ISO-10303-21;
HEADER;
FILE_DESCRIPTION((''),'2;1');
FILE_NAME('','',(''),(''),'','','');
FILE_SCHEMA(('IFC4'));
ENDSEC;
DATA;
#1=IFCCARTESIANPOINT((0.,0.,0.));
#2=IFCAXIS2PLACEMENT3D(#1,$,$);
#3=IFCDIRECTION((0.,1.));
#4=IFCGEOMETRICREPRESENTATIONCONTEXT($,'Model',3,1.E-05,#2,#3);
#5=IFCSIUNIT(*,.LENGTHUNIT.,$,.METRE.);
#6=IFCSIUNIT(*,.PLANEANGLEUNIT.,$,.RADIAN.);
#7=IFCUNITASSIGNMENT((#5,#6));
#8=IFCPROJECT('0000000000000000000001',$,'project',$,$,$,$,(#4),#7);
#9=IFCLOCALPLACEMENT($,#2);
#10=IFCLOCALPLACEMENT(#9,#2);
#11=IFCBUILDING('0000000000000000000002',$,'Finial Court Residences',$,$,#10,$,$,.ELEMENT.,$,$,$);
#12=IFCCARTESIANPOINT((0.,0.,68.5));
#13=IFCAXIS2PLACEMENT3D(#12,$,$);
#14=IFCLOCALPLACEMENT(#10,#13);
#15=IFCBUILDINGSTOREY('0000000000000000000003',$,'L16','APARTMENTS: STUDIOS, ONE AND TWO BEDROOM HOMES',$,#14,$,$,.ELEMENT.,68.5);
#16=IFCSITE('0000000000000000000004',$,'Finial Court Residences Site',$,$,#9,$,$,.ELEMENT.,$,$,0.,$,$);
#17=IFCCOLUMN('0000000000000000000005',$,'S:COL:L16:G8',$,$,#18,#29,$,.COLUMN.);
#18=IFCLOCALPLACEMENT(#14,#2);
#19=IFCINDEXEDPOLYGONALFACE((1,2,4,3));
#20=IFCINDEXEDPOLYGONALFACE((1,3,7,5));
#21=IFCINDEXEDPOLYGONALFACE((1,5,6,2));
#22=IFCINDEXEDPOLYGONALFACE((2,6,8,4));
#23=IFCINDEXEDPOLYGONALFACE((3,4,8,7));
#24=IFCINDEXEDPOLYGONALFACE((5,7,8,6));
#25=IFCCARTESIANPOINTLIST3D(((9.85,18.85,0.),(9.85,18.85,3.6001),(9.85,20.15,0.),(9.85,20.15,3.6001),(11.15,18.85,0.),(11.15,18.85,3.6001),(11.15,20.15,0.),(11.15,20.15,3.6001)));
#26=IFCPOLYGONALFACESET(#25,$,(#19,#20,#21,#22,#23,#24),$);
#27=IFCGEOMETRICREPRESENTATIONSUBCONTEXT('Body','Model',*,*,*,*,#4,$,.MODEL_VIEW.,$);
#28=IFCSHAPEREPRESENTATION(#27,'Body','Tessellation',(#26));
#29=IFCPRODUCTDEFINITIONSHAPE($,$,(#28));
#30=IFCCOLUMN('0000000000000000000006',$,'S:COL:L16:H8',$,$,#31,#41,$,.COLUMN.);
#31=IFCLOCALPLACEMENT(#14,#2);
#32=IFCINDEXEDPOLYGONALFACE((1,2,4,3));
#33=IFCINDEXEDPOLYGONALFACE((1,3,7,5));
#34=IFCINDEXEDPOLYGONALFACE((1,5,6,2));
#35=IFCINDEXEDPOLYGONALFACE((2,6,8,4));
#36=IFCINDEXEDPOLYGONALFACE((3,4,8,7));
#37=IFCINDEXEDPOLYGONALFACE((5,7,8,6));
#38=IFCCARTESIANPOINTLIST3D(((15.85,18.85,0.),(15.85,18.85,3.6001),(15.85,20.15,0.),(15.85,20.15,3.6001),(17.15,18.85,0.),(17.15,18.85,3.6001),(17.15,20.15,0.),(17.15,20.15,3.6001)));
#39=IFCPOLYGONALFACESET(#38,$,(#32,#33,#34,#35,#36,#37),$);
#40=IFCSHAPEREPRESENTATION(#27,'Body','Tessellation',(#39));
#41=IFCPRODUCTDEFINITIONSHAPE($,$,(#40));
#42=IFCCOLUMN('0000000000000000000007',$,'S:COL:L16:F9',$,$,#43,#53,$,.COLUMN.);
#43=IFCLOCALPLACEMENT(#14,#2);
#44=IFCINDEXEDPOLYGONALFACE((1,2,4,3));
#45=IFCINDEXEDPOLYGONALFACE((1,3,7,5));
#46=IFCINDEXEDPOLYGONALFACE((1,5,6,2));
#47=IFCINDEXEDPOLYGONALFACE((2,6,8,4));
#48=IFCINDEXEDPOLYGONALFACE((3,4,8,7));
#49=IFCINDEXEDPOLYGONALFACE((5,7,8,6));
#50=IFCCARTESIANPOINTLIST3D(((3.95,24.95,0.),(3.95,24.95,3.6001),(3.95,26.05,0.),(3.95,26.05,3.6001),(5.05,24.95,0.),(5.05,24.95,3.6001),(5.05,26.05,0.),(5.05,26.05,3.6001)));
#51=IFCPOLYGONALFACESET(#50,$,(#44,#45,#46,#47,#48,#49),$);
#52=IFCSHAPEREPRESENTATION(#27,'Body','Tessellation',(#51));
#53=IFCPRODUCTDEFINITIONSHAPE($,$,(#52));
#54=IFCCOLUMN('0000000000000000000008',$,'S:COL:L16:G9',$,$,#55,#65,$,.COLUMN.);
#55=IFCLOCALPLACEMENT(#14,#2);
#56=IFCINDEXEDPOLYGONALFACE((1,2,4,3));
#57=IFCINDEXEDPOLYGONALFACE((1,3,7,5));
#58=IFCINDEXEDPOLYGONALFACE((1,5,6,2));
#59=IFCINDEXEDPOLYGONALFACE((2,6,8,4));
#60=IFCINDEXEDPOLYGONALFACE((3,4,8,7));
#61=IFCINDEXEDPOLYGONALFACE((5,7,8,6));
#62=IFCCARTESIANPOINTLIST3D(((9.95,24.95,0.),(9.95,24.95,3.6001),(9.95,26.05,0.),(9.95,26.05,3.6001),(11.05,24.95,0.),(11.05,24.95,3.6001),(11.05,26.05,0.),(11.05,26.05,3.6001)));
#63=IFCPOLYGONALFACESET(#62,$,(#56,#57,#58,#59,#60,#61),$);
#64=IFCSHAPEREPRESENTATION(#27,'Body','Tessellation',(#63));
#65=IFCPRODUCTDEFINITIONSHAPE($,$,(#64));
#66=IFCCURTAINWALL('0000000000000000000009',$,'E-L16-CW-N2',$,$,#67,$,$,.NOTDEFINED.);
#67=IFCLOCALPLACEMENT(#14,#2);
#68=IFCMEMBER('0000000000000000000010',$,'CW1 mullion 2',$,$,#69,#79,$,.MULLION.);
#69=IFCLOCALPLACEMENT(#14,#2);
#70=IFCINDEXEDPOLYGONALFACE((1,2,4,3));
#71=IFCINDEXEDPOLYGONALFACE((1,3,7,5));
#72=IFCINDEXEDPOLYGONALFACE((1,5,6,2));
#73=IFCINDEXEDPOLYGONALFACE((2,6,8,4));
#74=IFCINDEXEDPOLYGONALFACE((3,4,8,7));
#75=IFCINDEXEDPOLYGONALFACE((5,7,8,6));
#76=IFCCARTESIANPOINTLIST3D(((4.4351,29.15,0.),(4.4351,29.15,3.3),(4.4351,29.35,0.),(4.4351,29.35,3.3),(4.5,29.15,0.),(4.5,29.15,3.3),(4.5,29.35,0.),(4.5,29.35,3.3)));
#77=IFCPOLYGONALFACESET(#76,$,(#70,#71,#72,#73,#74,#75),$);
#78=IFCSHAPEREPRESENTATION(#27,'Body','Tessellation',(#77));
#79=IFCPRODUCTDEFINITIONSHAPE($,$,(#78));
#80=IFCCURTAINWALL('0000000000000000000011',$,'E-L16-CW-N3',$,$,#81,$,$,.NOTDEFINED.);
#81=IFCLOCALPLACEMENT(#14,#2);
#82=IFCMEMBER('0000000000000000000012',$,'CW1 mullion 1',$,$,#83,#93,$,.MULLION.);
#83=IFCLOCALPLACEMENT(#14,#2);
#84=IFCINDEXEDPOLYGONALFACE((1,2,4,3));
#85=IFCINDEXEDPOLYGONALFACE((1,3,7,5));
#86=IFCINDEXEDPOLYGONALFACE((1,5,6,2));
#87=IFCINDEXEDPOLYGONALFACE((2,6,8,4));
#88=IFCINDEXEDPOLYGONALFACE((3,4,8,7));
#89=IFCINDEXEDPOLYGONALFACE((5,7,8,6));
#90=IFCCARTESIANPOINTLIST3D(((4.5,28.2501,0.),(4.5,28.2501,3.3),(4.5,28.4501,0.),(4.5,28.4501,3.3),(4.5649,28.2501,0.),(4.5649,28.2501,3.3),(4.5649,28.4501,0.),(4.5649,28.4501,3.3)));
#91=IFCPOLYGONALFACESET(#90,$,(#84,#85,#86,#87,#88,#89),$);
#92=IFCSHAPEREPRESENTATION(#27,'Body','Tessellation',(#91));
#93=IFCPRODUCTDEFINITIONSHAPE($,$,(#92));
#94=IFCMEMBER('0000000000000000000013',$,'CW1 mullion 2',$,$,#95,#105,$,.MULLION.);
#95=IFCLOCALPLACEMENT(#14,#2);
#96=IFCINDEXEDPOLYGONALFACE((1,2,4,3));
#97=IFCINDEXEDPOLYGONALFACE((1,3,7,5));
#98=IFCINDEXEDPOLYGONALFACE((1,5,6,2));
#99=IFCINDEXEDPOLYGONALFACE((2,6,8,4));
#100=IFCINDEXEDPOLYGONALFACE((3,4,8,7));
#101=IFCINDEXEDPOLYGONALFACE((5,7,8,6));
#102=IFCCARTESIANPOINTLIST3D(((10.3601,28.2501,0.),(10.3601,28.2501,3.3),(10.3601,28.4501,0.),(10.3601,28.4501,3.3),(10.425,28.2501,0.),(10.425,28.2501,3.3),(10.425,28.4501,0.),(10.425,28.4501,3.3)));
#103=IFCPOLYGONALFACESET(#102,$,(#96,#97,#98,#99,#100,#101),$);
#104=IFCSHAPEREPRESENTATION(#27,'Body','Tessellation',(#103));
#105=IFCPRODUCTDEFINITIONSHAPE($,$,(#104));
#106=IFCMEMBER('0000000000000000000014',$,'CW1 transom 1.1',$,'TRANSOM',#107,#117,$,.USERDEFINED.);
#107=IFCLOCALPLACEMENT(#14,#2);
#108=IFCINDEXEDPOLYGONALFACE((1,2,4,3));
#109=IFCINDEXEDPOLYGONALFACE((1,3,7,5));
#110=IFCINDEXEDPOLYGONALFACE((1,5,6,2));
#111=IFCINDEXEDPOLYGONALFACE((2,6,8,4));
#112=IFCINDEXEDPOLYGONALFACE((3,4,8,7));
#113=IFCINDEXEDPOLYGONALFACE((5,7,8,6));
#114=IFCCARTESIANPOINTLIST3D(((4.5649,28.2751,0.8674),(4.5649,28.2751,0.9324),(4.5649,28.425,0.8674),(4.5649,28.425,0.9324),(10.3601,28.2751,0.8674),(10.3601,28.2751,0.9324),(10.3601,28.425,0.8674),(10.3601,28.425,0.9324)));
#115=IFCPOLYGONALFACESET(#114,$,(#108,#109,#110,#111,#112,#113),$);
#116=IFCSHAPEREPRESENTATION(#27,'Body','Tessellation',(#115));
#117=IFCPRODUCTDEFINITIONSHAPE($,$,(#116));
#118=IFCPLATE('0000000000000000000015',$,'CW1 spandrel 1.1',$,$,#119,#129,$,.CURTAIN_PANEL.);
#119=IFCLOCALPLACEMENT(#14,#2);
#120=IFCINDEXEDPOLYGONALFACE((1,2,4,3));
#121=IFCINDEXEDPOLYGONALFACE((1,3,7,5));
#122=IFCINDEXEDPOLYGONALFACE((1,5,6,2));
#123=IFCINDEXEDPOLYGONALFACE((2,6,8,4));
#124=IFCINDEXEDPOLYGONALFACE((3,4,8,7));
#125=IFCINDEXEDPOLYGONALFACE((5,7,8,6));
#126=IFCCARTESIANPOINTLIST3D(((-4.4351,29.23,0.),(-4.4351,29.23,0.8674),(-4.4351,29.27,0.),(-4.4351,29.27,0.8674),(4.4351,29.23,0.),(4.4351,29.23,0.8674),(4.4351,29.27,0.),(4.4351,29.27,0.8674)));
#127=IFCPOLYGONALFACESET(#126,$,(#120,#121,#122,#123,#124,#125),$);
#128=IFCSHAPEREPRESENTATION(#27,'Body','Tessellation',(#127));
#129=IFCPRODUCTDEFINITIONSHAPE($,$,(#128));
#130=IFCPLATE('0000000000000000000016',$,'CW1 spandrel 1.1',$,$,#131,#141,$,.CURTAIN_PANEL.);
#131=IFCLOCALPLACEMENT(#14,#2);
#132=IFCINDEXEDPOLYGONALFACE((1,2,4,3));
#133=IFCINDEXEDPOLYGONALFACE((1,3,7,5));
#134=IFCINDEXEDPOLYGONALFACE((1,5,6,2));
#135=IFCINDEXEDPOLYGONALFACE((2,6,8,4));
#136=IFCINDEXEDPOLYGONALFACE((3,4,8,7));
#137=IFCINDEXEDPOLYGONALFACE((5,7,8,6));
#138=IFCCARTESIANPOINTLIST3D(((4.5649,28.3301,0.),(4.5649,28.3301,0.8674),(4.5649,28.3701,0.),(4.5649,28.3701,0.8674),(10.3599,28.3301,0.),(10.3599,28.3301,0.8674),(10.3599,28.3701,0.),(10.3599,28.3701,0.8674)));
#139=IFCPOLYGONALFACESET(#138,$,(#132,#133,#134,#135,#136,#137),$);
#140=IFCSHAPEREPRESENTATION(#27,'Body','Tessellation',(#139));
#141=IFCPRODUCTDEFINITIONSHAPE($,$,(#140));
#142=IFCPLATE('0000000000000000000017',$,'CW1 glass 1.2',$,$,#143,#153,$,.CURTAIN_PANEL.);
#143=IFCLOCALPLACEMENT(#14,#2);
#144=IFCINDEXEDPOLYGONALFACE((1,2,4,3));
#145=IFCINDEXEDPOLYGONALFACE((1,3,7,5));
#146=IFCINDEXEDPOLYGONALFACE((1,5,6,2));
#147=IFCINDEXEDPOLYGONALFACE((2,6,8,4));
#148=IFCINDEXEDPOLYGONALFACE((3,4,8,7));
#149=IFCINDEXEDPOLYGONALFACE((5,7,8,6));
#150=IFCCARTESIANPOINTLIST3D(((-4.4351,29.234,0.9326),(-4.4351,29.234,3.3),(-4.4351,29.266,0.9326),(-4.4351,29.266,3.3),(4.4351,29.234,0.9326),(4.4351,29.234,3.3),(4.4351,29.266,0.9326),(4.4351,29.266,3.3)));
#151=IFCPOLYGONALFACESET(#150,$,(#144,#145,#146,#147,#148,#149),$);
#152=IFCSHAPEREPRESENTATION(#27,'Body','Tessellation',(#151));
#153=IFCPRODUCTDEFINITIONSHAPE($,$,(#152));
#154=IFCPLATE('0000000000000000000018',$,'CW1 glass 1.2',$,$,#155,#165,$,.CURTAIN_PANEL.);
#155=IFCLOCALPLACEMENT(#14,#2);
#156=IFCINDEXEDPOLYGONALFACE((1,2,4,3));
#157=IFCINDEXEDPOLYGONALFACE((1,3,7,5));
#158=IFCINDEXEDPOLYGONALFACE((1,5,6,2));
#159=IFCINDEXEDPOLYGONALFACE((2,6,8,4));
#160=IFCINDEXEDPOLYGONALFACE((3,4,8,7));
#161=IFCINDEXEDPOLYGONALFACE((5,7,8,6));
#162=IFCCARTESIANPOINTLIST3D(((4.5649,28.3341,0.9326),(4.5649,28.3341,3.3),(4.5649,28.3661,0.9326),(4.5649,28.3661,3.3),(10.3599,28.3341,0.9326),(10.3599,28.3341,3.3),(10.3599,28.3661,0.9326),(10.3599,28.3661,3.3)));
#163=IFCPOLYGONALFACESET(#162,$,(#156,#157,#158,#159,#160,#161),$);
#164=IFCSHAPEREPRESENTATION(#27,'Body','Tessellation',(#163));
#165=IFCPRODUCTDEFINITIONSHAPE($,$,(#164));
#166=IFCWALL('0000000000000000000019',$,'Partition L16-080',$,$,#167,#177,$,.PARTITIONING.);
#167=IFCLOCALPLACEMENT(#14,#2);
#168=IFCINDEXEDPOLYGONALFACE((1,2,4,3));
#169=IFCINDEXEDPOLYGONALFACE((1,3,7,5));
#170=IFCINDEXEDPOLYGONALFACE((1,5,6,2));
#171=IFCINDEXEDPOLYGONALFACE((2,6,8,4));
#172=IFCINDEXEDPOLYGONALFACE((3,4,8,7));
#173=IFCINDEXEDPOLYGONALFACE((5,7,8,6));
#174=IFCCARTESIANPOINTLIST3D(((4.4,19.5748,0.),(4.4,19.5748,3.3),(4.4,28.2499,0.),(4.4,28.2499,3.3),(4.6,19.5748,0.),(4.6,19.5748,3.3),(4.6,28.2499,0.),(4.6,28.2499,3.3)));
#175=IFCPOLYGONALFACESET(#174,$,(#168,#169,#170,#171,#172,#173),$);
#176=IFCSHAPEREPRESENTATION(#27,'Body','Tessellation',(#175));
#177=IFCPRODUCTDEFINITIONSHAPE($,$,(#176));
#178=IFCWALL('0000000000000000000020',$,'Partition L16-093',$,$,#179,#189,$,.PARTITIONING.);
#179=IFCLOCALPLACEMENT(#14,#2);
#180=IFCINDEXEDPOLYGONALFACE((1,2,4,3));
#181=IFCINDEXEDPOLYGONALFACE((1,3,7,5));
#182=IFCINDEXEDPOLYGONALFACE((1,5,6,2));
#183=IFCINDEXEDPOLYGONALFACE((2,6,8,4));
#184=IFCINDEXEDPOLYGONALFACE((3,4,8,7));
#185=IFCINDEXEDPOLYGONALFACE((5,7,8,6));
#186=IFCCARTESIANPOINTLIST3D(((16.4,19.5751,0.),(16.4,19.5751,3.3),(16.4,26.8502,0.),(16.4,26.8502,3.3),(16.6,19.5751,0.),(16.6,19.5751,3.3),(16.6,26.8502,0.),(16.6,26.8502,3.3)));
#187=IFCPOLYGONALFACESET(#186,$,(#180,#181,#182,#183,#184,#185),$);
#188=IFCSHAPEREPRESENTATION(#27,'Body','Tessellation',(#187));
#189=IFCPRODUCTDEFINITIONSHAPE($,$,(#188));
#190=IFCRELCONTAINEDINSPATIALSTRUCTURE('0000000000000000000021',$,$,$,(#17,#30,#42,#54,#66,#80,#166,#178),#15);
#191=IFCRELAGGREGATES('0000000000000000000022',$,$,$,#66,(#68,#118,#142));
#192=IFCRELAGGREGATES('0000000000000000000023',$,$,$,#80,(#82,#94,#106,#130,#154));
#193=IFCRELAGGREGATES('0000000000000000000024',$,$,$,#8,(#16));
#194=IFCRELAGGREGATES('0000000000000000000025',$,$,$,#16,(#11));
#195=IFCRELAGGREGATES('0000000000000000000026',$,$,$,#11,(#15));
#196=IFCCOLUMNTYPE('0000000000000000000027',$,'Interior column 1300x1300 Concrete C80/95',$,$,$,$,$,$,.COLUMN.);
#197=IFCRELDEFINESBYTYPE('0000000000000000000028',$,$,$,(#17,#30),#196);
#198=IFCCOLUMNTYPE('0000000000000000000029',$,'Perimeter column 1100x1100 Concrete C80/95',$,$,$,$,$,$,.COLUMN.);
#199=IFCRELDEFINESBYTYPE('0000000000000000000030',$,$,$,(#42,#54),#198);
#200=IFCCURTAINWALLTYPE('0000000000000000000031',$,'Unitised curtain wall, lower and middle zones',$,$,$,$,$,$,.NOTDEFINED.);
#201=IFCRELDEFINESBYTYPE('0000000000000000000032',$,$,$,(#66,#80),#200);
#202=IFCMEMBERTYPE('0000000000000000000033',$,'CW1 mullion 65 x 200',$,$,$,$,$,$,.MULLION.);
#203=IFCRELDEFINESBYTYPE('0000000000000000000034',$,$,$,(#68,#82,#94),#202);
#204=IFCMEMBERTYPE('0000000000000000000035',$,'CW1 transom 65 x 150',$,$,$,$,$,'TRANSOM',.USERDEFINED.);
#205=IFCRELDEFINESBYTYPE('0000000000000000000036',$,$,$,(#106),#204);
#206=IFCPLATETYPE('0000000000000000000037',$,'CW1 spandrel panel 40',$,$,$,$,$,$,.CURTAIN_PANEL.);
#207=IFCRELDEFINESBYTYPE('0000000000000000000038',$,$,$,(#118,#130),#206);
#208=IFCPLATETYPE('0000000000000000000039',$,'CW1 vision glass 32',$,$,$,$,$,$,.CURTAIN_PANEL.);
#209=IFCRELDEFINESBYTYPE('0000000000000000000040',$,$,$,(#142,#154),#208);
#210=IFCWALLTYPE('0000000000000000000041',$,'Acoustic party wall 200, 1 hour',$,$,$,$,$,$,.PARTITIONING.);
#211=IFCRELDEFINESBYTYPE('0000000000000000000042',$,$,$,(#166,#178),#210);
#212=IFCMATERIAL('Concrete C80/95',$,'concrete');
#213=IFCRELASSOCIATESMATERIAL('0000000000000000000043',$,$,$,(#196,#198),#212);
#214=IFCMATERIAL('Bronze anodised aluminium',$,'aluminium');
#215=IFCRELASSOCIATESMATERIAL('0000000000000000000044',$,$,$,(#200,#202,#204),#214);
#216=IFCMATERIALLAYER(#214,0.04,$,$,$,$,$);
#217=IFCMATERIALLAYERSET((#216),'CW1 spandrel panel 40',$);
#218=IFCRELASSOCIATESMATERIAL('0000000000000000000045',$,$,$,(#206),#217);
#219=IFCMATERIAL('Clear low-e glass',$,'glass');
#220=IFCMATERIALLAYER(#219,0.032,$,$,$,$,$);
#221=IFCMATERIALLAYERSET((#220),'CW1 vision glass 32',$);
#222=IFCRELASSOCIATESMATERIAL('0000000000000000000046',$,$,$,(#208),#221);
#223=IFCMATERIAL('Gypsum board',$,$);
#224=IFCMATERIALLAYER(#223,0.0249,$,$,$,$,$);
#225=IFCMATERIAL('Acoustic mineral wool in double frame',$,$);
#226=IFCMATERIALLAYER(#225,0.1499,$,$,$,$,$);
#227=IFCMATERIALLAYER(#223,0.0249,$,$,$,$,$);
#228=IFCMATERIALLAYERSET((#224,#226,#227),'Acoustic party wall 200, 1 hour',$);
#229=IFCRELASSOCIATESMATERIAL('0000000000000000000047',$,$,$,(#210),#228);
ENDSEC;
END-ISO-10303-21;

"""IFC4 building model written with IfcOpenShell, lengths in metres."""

from ifc_helpers import new_model, si_unit, direction, frame, frame_2d, origin, origin_2d, place, context, subcontext, project, spatial, rectangle, extrude, material, layer, layer_set, material_profile, profile_set, type_object, element, aggregate, save


model = new_model("IFC4")

# Units and contexts
model_context = context("Model", 3, precision=1e-05, world=origin(), true_north=direction((0.0, 1.0)))
body_context = subcontext(model_context, "Body", "Model", "MODEL_VIEW")
ifc_project = project(units=[si_unit("LENGTHUNIT", "METRE"), si_unit("PLANEANGLEUNIT", "RADIAN")], contexts=[model_context])

# Site, building, storey
site_placement = place(None, origin())
site = spatial("IfcSite", under=ifc_project, at=site_placement, Name="Finial Court Residences Site", CompositionType="ELEMENT", RefElevation=0.0)
building_placement = place(site_placement, origin())
building = spatial("IfcBuilding", under=site, at=building_placement, Name="Finial Court Residences", CompositionType="ELEMENT")
storey_placement = place(building_placement, frame((0.0, 0.0, 68.5)))
storey = spatial("IfcBuildingStorey", under=building, at=storey_placement, Name="L16", Description="APARTMENTS: STUDIOS, ONE AND TWO BEDROOM HOMES", CompositionType="ELEMENT", Elevation=68.5)

# Columns
ifc_material_1 = material(Name="Concrete C80/95", Category="concrete")
ifc_material_profile_1 = material_profile(ifc_material_1, rectangle(XDim=1.3, YDim=1.3, at=origin_2d()), Name="1300x1300")
ifc_profile_set_1 = profile_set([ifc_material_profile_1], Name="Concrete C80/95")
column_type_1 = type_object("IfcColumnType", Name="Interior column 1300x1300 Concrete C80/95", PredefinedType="COLUMN", material=ifc_profile_set_1)
for number, where, z_axis, x_axis, name in (
    (1, (10.5, 19.5, 0.0), (0.0, 0.0, 1.0), (1.0, 0.0, 0.0), "S:COL:L16:G8"),
    (2, (16.5, 19.5, 0.0), (0.0, 0.0, 1.0), (1.0, 0.0, 0.0), "S:COL:L16:H8"),
):
    element("IfcColumn", number, at=place(storey_placement, frame(where, z_axis=z_axis, x_axis=x_axis)), inside=storey, type_object=column_type_1, Name=name, PredefinedType="COLUMN", context=body_context, shape_type="SweptSolid", body=[
        extrude(rectangle(XDim=1.3, YDim=1.3, at=origin_2d()), origin(), (0.0, 0.0, 1.0), 3.6001),
    ])
ifc_material_profile_2 = material_profile(ifc_material_1, rectangle(XDim=1.1001, YDim=1.1001, at=origin_2d()), Name="1100x1100")
ifc_profile_set_2 = profile_set([ifc_material_profile_2], Name="Concrete C80/95")
column_type_2 = type_object("IfcColumnType", Name="Perimeter column 1100x1100 Concrete C80/95", PredefinedType="COLUMN", material=ifc_profile_set_2)
for number, where, z_axis, x_axis, name in (
    (3, (4.5, 25.5, 0.0), (0.0, 0.0, 1.0), (1.0, 0.0, 0.0), "S:COL:L16:F9"),
    (4, (10.5, 25.5, 0.0), (0.0, 0.0, 1.0), (1.0, 0.0, 0.0), "S:COL:L16:G9"),
):
    element("IfcColumn", number, at=place(storey_placement, frame(where, z_axis=z_axis, x_axis=x_axis)), inside=storey, type_object=column_type_2, Name=name, PredefinedType="COLUMN", context=body_context, shape_type="SweptSolid", body=[
        extrude(rectangle(XDim=1.1001, YDim=1.1001, at=origin_2d()), origin(), (0.0, 0.0, 1.0), 3.6001),
    ])

# Curtain wall, member
ifc_material_2 = material(Name="Bronze anodised aluminium", Category="aluminium")
curtain_wall_type = type_object("IfcCurtainWallType", Name="Unitised curtain wall, lower and middle zones", PredefinedType="NOTDEFINED", material=ifc_material_2)
curtain_wall_1_placement = place(storey_placement, origin())
curtain_wall_1 = element("IfcCurtainWall", 5, at=curtain_wall_1_placement, inside=storey, type_object=curtain_wall_type, Name="E-L16-CW-N2", PredefinedType="NOTDEFINED")
ifc_material_profile_3 = material_profile(ifc_material_2, rectangle(XDim=0.2, YDim=0.0649, at=origin_2d()), Name="CW1 mullion 65 x 200")
ifc_profile_set_3 = profile_set([ifc_material_profile_3], Name="Bronze anodised aluminium")
member_type_1 = type_object("IfcMemberType", Name="CW1 mullion 65 x 200", PredefinedType="MULLION", material=ifc_profile_set_3)
member_1_placement = place(storey_placement, frame((4.4675, 29.25, 0.0), z_axis=(0.0, 0.0, 1.0), x_axis=(0.0, 1.0, 0.0)))
member_1 = element("IfcMember", 6, at=member_1_placement, type_object=member_type_1, Name="CW1 mullion 2", PredefinedType="MULLION", context=body_context, shape_type="SweptSolid", body=[
    extrude(rectangle(XDim=0.2, YDim=0.0649, at=origin_2d()), origin(), (0.0, 0.0, 1.0), 3.3),
])

# Curtain wall, members
curtain_wall_2_placement = place(storey_placement, origin())
curtain_wall_2 = element("IfcCurtainWall", 7, at=curtain_wall_2_placement, inside=storey, type_object=curtain_wall_type, Name="E-L16-CW-N3", PredefinedType="NOTDEFINED")
member_2_placement = place(storey_placement, frame((4.5325, 28.3501, 0.0), z_axis=(0.0, 0.0, 1.0), x_axis=(0.0, 1.0, 0.0)))
member_2 = element("IfcMember", 8, at=member_2_placement, type_object=member_type_1, Name="CW1 mullion 1", PredefinedType="MULLION", context=body_context, shape_type="SweptSolid", body=[
    extrude(rectangle(XDim=0.2, YDim=0.0649, at=origin_2d()), origin(), (0.0, 0.0, 1.0), 3.3),
])
member_3_placement = place(storey_placement, frame((10.3926, 28.3501, 0.0), z_axis=(0.0, 0.0, 1.0), x_axis=(0.0, 1.0, 0.0)))
member_3 = element("IfcMember", 9, at=member_3_placement, type_object=member_type_1, Name="CW1 mullion 2", PredefinedType="MULLION", context=body_context, shape_type="SweptSolid", body=[
    extrude(rectangle(XDim=0.2, YDim=0.0649, at=origin_2d()), origin(), (0.0, 0.0, 1.0), 3.3),
])
ifc_material_profile_4 = material_profile(ifc_material_2, rectangle(XDim=0.1499, YDim=0.0649, at=origin_2d()), Name="CW1 transom 65 x 150")
ifc_profile_set_4 = profile_set([ifc_material_profile_4], Name="Bronze anodised aluminium")
member_type_2 = type_object("IfcMemberType", Name="CW1 transom 65 x 150", ElementType="TRANSOM", PredefinedType="USERDEFINED", material=ifc_profile_set_4)
member_4_placement = place(storey_placement, frame((4.5649, 28.3501, 0.8999), z_axis=(1.0, 0.0, 0.0), x_axis=(0.0, 1.0, 0.0)))
member_4 = element("IfcMember", 10, at=member_4_placement, type_object=member_type_2, Name="CW1 transom 1.1", ObjectType="TRANSOM", PredefinedType="USERDEFINED", context=body_context, shape_type="SweptSolid", body=[
    extrude(rectangle(XDim=0.1499, YDim=0.0649, at=origin_2d()), origin(), (0.0, 0.0, 1.0), 5.7952),
])

# Plates
ifc_layer_1 = layer(ifc_material_2, 0.04)
ifc_layer_set_1 = layer_set([ifc_layer_1], Name="CW1 spandrel panel 40")
plate_type_1 = type_object("IfcPlateType", Name="CW1 spandrel panel 40", PredefinedType="CURTAIN_PANEL", material=ifc_layer_set_1)
plate_1_placement = place(storey_placement, frame((0.0, 29.25, 0.0), z_axis=(0.0, 0.0, 1.0), x_axis=(1.0, 0.0, 0.0)))
plate_1 = element("IfcPlate", 11, at=plate_1_placement, type_object=plate_type_1, Name="CW1 spandrel 1.1", PredefinedType="CURTAIN_PANEL", context=body_context, shape_type="SweptSolid", body=[
    extrude(rectangle(XDim=8.8701, YDim=0.04, at=origin_2d()), origin(), (0.0, 0.0, 1.0), 0.8674),
])
plate_2_placement = place(storey_placement, frame((7.4624, 28.3501, 0.0), z_axis=(0.0, 0.0, 1.0), x_axis=(1.0, 0.0, 0.0)))
plate_2 = element("IfcPlate", 12, at=plate_2_placement, type_object=plate_type_1, Name="CW1 spandrel 1.1", PredefinedType="CURTAIN_PANEL", context=body_context, shape_type="SweptSolid", body=[
    extrude(rectangle(XDim=5.7949, YDim=0.04, at=origin_2d()), origin(), (0.0, 0.0, 1.0), 0.8674),
])
ifc_material_3 = material(Name="Clear low-e glass", Category="glass")
ifc_layer_2 = layer(ifc_material_3, 0.032)
ifc_layer_set_2 = layer_set([ifc_layer_2], Name="CW1 vision glass 32")
plate_type_2 = type_object("IfcPlateType", Name="CW1 vision glass 32", PredefinedType="CURTAIN_PANEL", material=ifc_layer_set_2)
plate_3_placement = place(storey_placement, frame((0.0, 29.25, 0.9326), z_axis=(0.0, 0.0, 1.0), x_axis=(1.0, 0.0, 0.0)))
plate_3 = element("IfcPlate", 13, at=plate_3_placement, type_object=plate_type_2, Name="CW1 glass 1.2", PredefinedType="CURTAIN_PANEL", context=body_context, shape_type="SweptSolid", body=[
    extrude(rectangle(XDim=8.8701, YDim=0.032, at=origin_2d()), origin(), (0.0, 0.0, 1.0), 2.3674),
])
aggregate(curtain_wall_1, [member_1, plate_1, plate_3])
plate_4_placement = place(storey_placement, frame((7.4624, 28.3501, 0.9326), z_axis=(0.0, 0.0, 1.0), x_axis=(1.0, 0.0, 0.0)))
plate_4 = element("IfcPlate", 14, at=plate_4_placement, type_object=plate_type_2, Name="CW1 glass 1.2", PredefinedType="CURTAIN_PANEL", context=body_context, shape_type="SweptSolid", body=[
    extrude(rectangle(XDim=5.7949, YDim=0.032, at=origin_2d()), origin(), (0.0, 0.0, 1.0), 2.3674),
])
aggregate(curtain_wall_2, [member_2, member_3, member_4, plate_2, plate_4])

# Walls
ifc_material_4 = material(Name="Gypsum board")
ifc_layer_3 = layer(ifc_material_4, 0.0249)
ifc_material_5 = material(Name="Acoustic mineral wool in double frame")
ifc_layer_4 = layer(ifc_material_5, 0.1499)
ifc_layer_5 = layer(ifc_material_4, 0.0249)
ifc_layer_set_3 = layer_set([ifc_layer_3, ifc_layer_4, ifc_layer_5], Name="Acoustic party wall 200, 1 hour")
wall_type_1 = type_object("IfcWallType", Name="Acoustic party wall 200, 1 hour", PredefinedType="PARTITIONING", material=ifc_layer_set_3)
wall_1_placement = place(storey_placement, frame((4.5, 19.575, 0.0), z_axis=(0.0, 0.0, 1.0), x_axis=(0.0, 1.0, 0.0)))
element("IfcWall", 15, at=wall_1_placement, inside=storey, type_object=wall_type_1, Name="Partition L16-080", PredefinedType="PARTITIONING", context=body_context, shape_type="SweptSolid", body=[
    extrude(rectangle(XDim=8.675, YDim=0.2, at=frame_2d((4.3374, 0.0))), origin(), (0.0, 0.0, 1.0), 3.3),
])
wall_2_placement = place(storey_placement, frame((16.5, 19.575, 0.0), z_axis=(0.0, 0.0, 1.0), x_axis=(0.0, 1.0, 0.0)))
element("IfcWall", 16, at=wall_2_placement, inside=storey, type_object=wall_type_1, Name="Partition L16-093", PredefinedType="PARTITIONING", context=body_context, shape_type="SweptSolid", body=[
    extrude(rectangle(XDim=7.2751, YDim=0.2, at=frame_2d((3.6377, 0.0))), origin(), (0.0, 0.0, 1.0), 3.3),
])

save(model, "model.ifc")
